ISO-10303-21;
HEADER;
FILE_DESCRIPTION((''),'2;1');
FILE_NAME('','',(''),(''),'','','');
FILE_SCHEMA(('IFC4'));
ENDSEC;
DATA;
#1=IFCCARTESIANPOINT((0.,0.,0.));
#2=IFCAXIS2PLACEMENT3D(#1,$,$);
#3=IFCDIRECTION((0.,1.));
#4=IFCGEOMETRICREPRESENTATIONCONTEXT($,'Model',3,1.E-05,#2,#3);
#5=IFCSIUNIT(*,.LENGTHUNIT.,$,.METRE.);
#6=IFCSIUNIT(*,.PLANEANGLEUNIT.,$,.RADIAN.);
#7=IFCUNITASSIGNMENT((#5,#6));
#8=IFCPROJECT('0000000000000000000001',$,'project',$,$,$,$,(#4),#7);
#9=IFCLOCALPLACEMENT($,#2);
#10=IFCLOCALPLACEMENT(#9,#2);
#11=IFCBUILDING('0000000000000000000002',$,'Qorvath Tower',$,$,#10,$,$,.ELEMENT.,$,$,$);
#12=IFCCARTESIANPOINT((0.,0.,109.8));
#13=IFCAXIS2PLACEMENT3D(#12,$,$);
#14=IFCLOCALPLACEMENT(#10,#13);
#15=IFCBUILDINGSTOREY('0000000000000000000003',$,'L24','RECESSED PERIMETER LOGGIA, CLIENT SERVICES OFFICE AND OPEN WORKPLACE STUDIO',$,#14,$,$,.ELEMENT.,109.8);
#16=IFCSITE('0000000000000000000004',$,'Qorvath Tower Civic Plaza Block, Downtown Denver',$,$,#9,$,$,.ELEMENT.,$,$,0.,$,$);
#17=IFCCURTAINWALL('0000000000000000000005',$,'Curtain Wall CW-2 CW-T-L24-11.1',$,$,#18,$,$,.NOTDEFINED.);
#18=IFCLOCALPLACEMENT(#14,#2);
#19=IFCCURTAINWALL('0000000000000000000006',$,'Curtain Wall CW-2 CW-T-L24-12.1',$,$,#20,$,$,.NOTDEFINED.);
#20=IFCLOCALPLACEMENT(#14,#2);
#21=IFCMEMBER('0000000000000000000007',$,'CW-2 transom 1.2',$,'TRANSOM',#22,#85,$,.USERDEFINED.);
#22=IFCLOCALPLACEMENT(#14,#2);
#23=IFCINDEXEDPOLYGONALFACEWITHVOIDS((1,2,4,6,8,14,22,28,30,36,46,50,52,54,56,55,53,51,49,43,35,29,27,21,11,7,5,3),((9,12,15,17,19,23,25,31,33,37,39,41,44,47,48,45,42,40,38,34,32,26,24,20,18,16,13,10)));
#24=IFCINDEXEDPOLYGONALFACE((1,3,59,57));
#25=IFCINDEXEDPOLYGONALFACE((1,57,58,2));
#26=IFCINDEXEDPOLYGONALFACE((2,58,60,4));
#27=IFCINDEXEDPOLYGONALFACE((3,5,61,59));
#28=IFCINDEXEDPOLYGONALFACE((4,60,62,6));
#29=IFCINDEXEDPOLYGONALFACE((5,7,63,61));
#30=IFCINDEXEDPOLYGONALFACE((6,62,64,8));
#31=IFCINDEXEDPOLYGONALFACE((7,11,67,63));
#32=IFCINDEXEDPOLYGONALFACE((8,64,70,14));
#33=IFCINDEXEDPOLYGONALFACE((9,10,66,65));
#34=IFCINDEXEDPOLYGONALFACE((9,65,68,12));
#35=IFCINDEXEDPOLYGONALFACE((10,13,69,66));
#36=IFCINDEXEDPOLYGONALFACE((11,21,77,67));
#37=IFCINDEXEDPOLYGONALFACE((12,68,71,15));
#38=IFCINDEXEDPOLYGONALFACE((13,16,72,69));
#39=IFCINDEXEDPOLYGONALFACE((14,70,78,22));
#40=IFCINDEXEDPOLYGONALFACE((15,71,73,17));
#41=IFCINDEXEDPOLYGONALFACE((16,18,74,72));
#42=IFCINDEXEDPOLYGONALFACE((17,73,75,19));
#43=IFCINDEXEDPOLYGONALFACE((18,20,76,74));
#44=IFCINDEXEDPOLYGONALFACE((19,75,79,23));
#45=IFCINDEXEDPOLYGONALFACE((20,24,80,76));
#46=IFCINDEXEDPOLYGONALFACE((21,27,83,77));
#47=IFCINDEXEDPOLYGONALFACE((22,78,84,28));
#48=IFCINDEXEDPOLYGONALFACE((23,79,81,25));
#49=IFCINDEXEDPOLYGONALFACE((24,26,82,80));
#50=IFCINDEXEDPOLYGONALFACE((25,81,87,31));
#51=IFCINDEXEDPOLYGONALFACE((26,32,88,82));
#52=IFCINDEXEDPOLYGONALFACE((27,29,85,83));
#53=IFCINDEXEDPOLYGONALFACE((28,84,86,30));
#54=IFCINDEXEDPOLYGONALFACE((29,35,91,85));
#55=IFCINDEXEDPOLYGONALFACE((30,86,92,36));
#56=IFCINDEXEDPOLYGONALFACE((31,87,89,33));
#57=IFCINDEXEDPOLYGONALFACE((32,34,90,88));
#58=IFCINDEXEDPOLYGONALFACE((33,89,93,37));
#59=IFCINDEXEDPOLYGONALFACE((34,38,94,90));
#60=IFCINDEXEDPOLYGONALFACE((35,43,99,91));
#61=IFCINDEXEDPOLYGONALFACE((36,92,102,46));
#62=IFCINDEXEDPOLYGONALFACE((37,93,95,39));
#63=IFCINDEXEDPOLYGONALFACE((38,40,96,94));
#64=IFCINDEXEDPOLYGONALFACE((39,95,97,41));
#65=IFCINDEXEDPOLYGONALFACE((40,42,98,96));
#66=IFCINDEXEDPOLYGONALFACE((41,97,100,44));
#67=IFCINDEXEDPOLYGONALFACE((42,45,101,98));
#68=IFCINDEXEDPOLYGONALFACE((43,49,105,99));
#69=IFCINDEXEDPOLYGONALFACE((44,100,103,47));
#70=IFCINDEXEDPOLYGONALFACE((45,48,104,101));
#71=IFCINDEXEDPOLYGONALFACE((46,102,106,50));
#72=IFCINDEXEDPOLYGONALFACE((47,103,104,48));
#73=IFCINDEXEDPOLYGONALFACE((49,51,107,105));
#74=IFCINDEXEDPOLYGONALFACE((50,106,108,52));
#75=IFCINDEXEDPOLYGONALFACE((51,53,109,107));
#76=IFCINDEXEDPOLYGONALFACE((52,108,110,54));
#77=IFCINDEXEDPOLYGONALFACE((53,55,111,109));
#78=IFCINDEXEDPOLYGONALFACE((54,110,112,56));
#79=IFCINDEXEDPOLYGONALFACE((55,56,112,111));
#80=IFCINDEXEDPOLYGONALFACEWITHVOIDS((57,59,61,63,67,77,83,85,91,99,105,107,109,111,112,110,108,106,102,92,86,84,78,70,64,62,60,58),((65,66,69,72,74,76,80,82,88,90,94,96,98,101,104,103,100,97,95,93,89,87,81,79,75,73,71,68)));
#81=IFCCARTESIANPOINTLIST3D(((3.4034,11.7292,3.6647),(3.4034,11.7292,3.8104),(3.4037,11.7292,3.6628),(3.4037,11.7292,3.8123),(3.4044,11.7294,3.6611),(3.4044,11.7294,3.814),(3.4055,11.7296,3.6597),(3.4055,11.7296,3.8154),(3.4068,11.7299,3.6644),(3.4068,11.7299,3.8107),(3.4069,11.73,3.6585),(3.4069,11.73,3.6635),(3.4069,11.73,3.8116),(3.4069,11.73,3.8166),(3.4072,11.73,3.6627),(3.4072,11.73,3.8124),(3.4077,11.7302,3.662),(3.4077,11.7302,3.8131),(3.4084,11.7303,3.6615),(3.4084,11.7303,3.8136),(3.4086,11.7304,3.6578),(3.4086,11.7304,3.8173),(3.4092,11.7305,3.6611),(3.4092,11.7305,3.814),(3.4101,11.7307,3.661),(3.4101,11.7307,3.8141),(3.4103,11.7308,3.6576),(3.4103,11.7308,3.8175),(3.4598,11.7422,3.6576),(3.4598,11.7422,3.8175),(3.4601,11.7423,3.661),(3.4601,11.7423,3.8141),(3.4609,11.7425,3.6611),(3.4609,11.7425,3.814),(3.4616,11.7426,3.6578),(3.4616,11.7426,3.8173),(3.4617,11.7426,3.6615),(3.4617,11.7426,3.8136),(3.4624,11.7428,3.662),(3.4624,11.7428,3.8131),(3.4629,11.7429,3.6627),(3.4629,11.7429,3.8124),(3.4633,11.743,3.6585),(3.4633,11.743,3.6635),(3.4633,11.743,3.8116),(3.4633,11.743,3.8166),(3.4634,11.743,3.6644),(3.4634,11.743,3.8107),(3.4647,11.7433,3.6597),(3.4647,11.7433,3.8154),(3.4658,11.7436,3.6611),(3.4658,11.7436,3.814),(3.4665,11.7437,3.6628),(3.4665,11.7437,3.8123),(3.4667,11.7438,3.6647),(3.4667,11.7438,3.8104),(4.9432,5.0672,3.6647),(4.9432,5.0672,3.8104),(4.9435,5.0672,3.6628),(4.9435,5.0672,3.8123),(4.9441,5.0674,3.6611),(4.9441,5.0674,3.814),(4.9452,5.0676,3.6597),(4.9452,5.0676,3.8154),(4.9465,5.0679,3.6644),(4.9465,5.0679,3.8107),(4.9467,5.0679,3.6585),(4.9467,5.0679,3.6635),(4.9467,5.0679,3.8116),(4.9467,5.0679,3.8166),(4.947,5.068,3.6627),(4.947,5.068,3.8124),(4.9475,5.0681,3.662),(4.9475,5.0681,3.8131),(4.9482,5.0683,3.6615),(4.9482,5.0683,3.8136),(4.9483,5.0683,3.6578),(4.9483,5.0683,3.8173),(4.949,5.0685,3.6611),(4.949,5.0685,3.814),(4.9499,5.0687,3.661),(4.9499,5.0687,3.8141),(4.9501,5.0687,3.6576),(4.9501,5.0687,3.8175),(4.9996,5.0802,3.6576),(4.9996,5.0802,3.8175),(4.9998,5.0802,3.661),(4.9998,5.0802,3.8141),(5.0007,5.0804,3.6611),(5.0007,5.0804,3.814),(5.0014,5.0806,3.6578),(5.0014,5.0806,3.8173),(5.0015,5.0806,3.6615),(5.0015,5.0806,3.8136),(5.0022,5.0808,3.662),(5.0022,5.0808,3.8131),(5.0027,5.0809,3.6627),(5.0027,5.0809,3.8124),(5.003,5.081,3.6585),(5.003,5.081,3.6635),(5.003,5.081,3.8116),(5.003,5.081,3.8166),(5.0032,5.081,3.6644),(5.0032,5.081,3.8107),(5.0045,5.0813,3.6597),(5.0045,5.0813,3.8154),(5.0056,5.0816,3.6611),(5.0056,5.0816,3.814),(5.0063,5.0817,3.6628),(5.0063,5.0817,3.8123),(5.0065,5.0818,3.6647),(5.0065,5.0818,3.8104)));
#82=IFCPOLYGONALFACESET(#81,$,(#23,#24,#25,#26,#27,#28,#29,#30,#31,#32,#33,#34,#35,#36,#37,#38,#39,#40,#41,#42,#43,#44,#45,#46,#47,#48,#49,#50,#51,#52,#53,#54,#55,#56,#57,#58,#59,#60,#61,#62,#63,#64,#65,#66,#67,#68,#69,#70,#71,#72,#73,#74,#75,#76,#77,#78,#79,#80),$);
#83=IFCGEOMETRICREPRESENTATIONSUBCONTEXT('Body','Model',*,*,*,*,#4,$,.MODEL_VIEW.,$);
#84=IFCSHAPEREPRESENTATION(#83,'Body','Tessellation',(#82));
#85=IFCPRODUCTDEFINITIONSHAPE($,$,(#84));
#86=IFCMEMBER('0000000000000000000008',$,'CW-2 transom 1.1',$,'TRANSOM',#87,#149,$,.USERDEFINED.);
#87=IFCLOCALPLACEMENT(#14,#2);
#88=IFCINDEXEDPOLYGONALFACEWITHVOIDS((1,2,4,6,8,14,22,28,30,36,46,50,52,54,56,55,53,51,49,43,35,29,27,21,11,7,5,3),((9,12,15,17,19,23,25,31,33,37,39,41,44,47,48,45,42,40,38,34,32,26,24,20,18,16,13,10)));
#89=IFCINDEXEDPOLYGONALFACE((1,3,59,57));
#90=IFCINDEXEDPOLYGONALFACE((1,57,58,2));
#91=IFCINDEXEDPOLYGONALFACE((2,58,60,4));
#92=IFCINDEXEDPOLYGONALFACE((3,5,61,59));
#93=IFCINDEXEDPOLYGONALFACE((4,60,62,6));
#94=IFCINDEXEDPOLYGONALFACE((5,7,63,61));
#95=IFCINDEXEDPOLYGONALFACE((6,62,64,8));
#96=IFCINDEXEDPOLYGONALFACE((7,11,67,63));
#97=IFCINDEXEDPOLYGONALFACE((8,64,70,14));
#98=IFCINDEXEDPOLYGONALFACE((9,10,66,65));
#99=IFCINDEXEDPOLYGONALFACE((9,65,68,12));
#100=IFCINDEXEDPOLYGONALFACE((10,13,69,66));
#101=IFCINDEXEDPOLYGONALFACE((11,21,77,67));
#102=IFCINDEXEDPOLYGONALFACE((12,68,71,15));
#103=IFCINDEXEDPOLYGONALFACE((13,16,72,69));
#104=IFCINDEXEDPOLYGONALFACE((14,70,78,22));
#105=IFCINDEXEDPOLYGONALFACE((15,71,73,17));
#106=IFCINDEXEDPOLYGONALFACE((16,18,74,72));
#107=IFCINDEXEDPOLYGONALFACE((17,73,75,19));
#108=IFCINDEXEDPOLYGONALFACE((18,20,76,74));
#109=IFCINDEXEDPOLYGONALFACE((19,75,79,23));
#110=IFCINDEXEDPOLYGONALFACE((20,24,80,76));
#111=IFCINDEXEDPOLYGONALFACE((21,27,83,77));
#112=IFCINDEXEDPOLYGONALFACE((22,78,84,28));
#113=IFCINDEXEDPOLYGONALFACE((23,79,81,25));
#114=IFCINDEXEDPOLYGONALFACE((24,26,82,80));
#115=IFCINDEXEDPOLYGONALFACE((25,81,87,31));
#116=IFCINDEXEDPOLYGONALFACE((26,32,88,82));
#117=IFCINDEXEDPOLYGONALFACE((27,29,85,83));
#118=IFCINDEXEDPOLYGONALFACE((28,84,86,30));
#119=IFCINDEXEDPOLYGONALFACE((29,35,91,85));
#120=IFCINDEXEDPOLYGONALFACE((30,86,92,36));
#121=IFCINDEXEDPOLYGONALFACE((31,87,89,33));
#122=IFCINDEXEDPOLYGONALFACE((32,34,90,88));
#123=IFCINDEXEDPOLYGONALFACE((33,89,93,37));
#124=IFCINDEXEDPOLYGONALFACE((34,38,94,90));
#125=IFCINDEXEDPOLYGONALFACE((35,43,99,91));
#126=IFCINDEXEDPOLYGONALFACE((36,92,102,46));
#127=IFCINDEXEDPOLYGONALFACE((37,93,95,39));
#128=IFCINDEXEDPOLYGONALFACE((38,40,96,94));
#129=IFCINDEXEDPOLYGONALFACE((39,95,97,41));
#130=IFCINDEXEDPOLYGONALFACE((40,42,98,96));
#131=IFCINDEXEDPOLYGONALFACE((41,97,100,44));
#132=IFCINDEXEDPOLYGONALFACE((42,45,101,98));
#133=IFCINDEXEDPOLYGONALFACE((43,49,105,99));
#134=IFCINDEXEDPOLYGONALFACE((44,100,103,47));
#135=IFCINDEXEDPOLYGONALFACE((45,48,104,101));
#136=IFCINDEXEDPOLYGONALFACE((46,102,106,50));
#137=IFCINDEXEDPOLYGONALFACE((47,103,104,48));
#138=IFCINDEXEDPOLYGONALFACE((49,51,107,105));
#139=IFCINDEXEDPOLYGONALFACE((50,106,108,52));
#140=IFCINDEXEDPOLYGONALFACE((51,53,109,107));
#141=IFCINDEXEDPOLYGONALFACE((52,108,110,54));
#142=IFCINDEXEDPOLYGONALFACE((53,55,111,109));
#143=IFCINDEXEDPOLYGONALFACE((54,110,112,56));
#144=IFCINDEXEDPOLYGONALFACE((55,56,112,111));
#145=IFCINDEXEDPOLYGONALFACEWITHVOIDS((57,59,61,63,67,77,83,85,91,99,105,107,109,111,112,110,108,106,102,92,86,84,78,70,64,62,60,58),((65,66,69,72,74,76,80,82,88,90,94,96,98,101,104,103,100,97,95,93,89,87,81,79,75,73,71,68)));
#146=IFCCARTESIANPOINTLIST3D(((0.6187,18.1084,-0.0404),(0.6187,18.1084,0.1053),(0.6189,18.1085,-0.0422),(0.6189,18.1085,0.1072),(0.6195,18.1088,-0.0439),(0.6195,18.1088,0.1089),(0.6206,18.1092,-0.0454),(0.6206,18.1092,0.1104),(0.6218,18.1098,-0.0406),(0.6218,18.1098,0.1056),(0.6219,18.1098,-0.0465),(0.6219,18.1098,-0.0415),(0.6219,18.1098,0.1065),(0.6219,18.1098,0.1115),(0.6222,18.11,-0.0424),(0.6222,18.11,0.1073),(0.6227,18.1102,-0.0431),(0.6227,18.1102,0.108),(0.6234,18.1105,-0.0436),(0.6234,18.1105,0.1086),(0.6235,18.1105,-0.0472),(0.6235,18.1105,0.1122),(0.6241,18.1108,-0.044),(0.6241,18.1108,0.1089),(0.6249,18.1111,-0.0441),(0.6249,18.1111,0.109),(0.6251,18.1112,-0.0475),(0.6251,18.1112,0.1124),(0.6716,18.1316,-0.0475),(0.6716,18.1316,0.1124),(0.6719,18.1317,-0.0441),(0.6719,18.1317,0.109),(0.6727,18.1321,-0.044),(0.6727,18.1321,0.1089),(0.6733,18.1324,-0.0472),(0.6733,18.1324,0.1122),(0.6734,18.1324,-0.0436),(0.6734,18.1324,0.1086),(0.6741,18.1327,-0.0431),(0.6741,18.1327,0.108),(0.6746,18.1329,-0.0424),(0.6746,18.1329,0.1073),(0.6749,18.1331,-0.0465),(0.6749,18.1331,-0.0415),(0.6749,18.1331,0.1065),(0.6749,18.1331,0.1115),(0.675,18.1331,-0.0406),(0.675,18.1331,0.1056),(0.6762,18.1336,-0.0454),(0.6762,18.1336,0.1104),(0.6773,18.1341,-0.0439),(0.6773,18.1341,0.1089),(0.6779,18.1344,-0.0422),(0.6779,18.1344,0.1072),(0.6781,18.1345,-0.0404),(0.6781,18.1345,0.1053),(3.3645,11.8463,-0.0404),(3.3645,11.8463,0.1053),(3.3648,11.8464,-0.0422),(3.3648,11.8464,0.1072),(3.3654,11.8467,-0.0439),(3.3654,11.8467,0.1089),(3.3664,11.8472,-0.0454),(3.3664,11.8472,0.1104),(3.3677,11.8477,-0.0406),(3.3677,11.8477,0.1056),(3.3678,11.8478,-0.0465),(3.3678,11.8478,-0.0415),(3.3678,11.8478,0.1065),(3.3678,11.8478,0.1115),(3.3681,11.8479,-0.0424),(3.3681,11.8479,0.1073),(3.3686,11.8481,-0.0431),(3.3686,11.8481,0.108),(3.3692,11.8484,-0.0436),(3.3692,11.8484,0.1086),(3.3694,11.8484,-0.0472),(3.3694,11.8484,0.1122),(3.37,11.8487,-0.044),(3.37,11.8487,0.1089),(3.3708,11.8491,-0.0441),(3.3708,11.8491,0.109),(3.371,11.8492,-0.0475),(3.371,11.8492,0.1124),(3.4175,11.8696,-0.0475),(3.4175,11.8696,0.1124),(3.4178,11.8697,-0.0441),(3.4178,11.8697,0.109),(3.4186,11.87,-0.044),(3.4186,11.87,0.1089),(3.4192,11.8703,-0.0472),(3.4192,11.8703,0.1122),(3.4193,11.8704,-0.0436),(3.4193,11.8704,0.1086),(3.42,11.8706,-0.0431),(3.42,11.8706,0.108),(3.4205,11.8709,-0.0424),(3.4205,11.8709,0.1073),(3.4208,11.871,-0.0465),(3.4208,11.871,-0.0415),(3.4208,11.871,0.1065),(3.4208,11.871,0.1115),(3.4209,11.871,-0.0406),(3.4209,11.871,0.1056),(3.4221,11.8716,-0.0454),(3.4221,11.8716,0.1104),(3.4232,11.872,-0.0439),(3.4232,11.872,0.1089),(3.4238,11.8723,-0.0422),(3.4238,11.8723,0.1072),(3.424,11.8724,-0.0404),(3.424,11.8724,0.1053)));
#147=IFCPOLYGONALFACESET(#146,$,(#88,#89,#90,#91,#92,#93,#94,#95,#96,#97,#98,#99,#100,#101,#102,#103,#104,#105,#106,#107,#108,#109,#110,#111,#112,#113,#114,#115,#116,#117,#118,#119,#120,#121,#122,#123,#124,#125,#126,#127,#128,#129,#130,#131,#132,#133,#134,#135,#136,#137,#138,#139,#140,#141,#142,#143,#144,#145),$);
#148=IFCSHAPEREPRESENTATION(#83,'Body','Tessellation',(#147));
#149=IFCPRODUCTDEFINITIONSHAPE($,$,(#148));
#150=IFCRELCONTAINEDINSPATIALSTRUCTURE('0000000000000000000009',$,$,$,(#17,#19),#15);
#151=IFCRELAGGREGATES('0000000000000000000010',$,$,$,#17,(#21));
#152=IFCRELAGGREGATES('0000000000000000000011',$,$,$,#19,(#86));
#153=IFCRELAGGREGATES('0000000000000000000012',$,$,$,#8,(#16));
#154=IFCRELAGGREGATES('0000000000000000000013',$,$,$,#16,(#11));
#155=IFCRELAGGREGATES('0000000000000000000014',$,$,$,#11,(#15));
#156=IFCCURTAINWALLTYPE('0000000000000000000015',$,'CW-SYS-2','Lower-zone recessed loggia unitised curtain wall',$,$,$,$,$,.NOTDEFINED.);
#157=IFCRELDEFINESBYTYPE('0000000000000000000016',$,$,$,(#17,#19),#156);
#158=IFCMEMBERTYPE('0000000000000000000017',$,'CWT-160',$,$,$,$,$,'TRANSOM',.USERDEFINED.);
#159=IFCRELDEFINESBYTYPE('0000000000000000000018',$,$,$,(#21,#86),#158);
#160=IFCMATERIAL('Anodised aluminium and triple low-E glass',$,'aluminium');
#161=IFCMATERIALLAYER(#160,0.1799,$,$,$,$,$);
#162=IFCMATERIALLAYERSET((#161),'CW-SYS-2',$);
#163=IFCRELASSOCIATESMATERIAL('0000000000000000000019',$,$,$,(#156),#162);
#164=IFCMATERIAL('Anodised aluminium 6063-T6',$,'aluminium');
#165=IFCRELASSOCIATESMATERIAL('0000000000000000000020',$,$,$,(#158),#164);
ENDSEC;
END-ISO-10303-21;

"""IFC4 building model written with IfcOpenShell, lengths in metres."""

from ifc_helpers import new_model, si_unit, direction, frame, origin, origin_2d, place, context, subcontext, project, spatial, hollow_rectangle, extrude, material, layer, layer_set, material_profile, profile_set, type_object, element, aggregate, save


model = new_model("IFC4")

# Units and contexts
model_context = context("Model", 3, precision=1e-05, world=origin(), true_north=direction((0.0, 1.0)))
body_context = subcontext(model_context, "Body", "Model", "MODEL_VIEW")
ifc_project = project(units=[si_unit("LENGTHUNIT", "METRE"), si_unit("PLANEANGLEUNIT", "RADIAN")], contexts=[model_context])

# Site, building, storey
site_placement = place(None, origin())
site = spatial("IfcSite", under=ifc_project, at=site_placement, Name="Qorvath Tower Civic Plaza Block, Downtown Denver", CompositionType="ELEMENT", RefElevation=0.0)
building_placement = place(site_placement, origin())
building = spatial("IfcBuilding", under=site, at=building_placement, Name="Qorvath Tower", CompositionType="ELEMENT")
storey_placement = place(building_placement, frame((0.0, 0.0, 109.8)))
storey = spatial("IfcBuildingStorey", under=building, at=storey_placement, Name="L24", Description="RECESSED PERIMETER LOGGIA, CLIENT SERVICES OFFICE AND OPEN WORKPLACE STUDIO", CompositionType="ELEMENT", Elevation=109.8)

# Curtain walls
ifc_material_1 = material(Name="Anodised aluminium and triple low-E glass", Category="aluminium")
ifc_layer_1 = layer(ifc_material_1, 0.1799)
ifc_layer_set_1 = layer_set([ifc_layer_1], Name="CW-SYS-2")
curtain_wall_type = type_object("IfcCurtainWallType", Name="CW-SYS-2", Description="Lower-zone recessed loggia unitised curtain wall", PredefinedType="NOTDEFINED", material=ifc_layer_set_1)
curtain_wall_1_placement = place(storey_placement, origin())
curtain_wall_1 = element("IfcCurtainWall", 1, at=curtain_wall_1_placement, inside=storey, type_object=curtain_wall_type, Name="Curtain Wall CW-2 CW-T-L24-11.1", PredefinedType="NOTDEFINED")
curtain_wall_2_placement = place(storey_placement, origin())
curtain_wall_2 = element("IfcCurtainWall", 2, at=curtain_wall_2_placement, inside=storey, type_object=curtain_wall_type, Name="Curtain Wall CW-2 CW-T-L24-12.1", PredefinedType="NOTDEFINED")

# Members
ifc_material_2 = material(Name="Anodised aluminium 6063-T6", Category="aluminium")
ifc_material_profile_1 = material_profile(ifc_material_2, hollow_rectangle(XDim=0.0649, YDim=0.1599, WallThickness=0.0034, InnerFilletRadius=0.0034, OuterFilletRadius=0.0071, at=origin_2d()), Name="CWT 160x65")
ifc_profile_set_1 = profile_set([ifc_material_profile_1], Name="Anodised aluminium 6063-T6")
member_type_1 = type_object("IfcMemberType", Name="CWT-160", ElementType="TRANSOM", PredefinedType="USERDEFINED", material=ifc_profile_set_1)
member_1_placement = place(storey_placement, frame((4.9749, 5.0745, 3.7375), z_axis=(-0.225191, 0.974315, 0.0), x_axis=(-0.974315, -0.225191, 0.0)))
member_1 = element("IfcMember", 3, at=member_1_placement, type_object=member_type_1, Name="CW-2 transom 1.2", ObjectType="TRANSOM", PredefinedType="USERDEFINED", context=body_context, shape_type="SweptSolid", body=[
    extrude(hollow_rectangle(XDim=0.0649, YDim=0.1599, WallThickness=0.0034, InnerFilletRadius=0.0034, OuterFilletRadius=0.0071, at=origin_2d()), origin(), (0.0, 0.0, 1.0), 6.8376),
])
member_2_placement = place(storey_placement, frame((3.3943, 11.8594, 0.0325), z_axis=(-0.401585, 0.915822, 0.0), x_axis=(-0.915822, -0.401585, 0.0)))
member_2 = element("IfcMember", 4, at=member_2_placement, type_object=member_type_1, Name="CW-2 transom 1.1", ObjectType="TRANSOM", PredefinedType="USERDEFINED", context=body_context, shape_type="SweptSolid", body=[
    extrude(hollow_rectangle(XDim=0.0649, YDim=0.1599, WallThickness=0.0034, InnerFilletRadius=0.0034, OuterFilletRadius=0.0071, at=origin_2d()), origin(), (0.0, 0.0, 1.0), 6.8376),
])

aggregate(curtain_wall_1, [member_1])
aggregate(curtain_wall_2, [member_2])

save(model, "model.ifc")
